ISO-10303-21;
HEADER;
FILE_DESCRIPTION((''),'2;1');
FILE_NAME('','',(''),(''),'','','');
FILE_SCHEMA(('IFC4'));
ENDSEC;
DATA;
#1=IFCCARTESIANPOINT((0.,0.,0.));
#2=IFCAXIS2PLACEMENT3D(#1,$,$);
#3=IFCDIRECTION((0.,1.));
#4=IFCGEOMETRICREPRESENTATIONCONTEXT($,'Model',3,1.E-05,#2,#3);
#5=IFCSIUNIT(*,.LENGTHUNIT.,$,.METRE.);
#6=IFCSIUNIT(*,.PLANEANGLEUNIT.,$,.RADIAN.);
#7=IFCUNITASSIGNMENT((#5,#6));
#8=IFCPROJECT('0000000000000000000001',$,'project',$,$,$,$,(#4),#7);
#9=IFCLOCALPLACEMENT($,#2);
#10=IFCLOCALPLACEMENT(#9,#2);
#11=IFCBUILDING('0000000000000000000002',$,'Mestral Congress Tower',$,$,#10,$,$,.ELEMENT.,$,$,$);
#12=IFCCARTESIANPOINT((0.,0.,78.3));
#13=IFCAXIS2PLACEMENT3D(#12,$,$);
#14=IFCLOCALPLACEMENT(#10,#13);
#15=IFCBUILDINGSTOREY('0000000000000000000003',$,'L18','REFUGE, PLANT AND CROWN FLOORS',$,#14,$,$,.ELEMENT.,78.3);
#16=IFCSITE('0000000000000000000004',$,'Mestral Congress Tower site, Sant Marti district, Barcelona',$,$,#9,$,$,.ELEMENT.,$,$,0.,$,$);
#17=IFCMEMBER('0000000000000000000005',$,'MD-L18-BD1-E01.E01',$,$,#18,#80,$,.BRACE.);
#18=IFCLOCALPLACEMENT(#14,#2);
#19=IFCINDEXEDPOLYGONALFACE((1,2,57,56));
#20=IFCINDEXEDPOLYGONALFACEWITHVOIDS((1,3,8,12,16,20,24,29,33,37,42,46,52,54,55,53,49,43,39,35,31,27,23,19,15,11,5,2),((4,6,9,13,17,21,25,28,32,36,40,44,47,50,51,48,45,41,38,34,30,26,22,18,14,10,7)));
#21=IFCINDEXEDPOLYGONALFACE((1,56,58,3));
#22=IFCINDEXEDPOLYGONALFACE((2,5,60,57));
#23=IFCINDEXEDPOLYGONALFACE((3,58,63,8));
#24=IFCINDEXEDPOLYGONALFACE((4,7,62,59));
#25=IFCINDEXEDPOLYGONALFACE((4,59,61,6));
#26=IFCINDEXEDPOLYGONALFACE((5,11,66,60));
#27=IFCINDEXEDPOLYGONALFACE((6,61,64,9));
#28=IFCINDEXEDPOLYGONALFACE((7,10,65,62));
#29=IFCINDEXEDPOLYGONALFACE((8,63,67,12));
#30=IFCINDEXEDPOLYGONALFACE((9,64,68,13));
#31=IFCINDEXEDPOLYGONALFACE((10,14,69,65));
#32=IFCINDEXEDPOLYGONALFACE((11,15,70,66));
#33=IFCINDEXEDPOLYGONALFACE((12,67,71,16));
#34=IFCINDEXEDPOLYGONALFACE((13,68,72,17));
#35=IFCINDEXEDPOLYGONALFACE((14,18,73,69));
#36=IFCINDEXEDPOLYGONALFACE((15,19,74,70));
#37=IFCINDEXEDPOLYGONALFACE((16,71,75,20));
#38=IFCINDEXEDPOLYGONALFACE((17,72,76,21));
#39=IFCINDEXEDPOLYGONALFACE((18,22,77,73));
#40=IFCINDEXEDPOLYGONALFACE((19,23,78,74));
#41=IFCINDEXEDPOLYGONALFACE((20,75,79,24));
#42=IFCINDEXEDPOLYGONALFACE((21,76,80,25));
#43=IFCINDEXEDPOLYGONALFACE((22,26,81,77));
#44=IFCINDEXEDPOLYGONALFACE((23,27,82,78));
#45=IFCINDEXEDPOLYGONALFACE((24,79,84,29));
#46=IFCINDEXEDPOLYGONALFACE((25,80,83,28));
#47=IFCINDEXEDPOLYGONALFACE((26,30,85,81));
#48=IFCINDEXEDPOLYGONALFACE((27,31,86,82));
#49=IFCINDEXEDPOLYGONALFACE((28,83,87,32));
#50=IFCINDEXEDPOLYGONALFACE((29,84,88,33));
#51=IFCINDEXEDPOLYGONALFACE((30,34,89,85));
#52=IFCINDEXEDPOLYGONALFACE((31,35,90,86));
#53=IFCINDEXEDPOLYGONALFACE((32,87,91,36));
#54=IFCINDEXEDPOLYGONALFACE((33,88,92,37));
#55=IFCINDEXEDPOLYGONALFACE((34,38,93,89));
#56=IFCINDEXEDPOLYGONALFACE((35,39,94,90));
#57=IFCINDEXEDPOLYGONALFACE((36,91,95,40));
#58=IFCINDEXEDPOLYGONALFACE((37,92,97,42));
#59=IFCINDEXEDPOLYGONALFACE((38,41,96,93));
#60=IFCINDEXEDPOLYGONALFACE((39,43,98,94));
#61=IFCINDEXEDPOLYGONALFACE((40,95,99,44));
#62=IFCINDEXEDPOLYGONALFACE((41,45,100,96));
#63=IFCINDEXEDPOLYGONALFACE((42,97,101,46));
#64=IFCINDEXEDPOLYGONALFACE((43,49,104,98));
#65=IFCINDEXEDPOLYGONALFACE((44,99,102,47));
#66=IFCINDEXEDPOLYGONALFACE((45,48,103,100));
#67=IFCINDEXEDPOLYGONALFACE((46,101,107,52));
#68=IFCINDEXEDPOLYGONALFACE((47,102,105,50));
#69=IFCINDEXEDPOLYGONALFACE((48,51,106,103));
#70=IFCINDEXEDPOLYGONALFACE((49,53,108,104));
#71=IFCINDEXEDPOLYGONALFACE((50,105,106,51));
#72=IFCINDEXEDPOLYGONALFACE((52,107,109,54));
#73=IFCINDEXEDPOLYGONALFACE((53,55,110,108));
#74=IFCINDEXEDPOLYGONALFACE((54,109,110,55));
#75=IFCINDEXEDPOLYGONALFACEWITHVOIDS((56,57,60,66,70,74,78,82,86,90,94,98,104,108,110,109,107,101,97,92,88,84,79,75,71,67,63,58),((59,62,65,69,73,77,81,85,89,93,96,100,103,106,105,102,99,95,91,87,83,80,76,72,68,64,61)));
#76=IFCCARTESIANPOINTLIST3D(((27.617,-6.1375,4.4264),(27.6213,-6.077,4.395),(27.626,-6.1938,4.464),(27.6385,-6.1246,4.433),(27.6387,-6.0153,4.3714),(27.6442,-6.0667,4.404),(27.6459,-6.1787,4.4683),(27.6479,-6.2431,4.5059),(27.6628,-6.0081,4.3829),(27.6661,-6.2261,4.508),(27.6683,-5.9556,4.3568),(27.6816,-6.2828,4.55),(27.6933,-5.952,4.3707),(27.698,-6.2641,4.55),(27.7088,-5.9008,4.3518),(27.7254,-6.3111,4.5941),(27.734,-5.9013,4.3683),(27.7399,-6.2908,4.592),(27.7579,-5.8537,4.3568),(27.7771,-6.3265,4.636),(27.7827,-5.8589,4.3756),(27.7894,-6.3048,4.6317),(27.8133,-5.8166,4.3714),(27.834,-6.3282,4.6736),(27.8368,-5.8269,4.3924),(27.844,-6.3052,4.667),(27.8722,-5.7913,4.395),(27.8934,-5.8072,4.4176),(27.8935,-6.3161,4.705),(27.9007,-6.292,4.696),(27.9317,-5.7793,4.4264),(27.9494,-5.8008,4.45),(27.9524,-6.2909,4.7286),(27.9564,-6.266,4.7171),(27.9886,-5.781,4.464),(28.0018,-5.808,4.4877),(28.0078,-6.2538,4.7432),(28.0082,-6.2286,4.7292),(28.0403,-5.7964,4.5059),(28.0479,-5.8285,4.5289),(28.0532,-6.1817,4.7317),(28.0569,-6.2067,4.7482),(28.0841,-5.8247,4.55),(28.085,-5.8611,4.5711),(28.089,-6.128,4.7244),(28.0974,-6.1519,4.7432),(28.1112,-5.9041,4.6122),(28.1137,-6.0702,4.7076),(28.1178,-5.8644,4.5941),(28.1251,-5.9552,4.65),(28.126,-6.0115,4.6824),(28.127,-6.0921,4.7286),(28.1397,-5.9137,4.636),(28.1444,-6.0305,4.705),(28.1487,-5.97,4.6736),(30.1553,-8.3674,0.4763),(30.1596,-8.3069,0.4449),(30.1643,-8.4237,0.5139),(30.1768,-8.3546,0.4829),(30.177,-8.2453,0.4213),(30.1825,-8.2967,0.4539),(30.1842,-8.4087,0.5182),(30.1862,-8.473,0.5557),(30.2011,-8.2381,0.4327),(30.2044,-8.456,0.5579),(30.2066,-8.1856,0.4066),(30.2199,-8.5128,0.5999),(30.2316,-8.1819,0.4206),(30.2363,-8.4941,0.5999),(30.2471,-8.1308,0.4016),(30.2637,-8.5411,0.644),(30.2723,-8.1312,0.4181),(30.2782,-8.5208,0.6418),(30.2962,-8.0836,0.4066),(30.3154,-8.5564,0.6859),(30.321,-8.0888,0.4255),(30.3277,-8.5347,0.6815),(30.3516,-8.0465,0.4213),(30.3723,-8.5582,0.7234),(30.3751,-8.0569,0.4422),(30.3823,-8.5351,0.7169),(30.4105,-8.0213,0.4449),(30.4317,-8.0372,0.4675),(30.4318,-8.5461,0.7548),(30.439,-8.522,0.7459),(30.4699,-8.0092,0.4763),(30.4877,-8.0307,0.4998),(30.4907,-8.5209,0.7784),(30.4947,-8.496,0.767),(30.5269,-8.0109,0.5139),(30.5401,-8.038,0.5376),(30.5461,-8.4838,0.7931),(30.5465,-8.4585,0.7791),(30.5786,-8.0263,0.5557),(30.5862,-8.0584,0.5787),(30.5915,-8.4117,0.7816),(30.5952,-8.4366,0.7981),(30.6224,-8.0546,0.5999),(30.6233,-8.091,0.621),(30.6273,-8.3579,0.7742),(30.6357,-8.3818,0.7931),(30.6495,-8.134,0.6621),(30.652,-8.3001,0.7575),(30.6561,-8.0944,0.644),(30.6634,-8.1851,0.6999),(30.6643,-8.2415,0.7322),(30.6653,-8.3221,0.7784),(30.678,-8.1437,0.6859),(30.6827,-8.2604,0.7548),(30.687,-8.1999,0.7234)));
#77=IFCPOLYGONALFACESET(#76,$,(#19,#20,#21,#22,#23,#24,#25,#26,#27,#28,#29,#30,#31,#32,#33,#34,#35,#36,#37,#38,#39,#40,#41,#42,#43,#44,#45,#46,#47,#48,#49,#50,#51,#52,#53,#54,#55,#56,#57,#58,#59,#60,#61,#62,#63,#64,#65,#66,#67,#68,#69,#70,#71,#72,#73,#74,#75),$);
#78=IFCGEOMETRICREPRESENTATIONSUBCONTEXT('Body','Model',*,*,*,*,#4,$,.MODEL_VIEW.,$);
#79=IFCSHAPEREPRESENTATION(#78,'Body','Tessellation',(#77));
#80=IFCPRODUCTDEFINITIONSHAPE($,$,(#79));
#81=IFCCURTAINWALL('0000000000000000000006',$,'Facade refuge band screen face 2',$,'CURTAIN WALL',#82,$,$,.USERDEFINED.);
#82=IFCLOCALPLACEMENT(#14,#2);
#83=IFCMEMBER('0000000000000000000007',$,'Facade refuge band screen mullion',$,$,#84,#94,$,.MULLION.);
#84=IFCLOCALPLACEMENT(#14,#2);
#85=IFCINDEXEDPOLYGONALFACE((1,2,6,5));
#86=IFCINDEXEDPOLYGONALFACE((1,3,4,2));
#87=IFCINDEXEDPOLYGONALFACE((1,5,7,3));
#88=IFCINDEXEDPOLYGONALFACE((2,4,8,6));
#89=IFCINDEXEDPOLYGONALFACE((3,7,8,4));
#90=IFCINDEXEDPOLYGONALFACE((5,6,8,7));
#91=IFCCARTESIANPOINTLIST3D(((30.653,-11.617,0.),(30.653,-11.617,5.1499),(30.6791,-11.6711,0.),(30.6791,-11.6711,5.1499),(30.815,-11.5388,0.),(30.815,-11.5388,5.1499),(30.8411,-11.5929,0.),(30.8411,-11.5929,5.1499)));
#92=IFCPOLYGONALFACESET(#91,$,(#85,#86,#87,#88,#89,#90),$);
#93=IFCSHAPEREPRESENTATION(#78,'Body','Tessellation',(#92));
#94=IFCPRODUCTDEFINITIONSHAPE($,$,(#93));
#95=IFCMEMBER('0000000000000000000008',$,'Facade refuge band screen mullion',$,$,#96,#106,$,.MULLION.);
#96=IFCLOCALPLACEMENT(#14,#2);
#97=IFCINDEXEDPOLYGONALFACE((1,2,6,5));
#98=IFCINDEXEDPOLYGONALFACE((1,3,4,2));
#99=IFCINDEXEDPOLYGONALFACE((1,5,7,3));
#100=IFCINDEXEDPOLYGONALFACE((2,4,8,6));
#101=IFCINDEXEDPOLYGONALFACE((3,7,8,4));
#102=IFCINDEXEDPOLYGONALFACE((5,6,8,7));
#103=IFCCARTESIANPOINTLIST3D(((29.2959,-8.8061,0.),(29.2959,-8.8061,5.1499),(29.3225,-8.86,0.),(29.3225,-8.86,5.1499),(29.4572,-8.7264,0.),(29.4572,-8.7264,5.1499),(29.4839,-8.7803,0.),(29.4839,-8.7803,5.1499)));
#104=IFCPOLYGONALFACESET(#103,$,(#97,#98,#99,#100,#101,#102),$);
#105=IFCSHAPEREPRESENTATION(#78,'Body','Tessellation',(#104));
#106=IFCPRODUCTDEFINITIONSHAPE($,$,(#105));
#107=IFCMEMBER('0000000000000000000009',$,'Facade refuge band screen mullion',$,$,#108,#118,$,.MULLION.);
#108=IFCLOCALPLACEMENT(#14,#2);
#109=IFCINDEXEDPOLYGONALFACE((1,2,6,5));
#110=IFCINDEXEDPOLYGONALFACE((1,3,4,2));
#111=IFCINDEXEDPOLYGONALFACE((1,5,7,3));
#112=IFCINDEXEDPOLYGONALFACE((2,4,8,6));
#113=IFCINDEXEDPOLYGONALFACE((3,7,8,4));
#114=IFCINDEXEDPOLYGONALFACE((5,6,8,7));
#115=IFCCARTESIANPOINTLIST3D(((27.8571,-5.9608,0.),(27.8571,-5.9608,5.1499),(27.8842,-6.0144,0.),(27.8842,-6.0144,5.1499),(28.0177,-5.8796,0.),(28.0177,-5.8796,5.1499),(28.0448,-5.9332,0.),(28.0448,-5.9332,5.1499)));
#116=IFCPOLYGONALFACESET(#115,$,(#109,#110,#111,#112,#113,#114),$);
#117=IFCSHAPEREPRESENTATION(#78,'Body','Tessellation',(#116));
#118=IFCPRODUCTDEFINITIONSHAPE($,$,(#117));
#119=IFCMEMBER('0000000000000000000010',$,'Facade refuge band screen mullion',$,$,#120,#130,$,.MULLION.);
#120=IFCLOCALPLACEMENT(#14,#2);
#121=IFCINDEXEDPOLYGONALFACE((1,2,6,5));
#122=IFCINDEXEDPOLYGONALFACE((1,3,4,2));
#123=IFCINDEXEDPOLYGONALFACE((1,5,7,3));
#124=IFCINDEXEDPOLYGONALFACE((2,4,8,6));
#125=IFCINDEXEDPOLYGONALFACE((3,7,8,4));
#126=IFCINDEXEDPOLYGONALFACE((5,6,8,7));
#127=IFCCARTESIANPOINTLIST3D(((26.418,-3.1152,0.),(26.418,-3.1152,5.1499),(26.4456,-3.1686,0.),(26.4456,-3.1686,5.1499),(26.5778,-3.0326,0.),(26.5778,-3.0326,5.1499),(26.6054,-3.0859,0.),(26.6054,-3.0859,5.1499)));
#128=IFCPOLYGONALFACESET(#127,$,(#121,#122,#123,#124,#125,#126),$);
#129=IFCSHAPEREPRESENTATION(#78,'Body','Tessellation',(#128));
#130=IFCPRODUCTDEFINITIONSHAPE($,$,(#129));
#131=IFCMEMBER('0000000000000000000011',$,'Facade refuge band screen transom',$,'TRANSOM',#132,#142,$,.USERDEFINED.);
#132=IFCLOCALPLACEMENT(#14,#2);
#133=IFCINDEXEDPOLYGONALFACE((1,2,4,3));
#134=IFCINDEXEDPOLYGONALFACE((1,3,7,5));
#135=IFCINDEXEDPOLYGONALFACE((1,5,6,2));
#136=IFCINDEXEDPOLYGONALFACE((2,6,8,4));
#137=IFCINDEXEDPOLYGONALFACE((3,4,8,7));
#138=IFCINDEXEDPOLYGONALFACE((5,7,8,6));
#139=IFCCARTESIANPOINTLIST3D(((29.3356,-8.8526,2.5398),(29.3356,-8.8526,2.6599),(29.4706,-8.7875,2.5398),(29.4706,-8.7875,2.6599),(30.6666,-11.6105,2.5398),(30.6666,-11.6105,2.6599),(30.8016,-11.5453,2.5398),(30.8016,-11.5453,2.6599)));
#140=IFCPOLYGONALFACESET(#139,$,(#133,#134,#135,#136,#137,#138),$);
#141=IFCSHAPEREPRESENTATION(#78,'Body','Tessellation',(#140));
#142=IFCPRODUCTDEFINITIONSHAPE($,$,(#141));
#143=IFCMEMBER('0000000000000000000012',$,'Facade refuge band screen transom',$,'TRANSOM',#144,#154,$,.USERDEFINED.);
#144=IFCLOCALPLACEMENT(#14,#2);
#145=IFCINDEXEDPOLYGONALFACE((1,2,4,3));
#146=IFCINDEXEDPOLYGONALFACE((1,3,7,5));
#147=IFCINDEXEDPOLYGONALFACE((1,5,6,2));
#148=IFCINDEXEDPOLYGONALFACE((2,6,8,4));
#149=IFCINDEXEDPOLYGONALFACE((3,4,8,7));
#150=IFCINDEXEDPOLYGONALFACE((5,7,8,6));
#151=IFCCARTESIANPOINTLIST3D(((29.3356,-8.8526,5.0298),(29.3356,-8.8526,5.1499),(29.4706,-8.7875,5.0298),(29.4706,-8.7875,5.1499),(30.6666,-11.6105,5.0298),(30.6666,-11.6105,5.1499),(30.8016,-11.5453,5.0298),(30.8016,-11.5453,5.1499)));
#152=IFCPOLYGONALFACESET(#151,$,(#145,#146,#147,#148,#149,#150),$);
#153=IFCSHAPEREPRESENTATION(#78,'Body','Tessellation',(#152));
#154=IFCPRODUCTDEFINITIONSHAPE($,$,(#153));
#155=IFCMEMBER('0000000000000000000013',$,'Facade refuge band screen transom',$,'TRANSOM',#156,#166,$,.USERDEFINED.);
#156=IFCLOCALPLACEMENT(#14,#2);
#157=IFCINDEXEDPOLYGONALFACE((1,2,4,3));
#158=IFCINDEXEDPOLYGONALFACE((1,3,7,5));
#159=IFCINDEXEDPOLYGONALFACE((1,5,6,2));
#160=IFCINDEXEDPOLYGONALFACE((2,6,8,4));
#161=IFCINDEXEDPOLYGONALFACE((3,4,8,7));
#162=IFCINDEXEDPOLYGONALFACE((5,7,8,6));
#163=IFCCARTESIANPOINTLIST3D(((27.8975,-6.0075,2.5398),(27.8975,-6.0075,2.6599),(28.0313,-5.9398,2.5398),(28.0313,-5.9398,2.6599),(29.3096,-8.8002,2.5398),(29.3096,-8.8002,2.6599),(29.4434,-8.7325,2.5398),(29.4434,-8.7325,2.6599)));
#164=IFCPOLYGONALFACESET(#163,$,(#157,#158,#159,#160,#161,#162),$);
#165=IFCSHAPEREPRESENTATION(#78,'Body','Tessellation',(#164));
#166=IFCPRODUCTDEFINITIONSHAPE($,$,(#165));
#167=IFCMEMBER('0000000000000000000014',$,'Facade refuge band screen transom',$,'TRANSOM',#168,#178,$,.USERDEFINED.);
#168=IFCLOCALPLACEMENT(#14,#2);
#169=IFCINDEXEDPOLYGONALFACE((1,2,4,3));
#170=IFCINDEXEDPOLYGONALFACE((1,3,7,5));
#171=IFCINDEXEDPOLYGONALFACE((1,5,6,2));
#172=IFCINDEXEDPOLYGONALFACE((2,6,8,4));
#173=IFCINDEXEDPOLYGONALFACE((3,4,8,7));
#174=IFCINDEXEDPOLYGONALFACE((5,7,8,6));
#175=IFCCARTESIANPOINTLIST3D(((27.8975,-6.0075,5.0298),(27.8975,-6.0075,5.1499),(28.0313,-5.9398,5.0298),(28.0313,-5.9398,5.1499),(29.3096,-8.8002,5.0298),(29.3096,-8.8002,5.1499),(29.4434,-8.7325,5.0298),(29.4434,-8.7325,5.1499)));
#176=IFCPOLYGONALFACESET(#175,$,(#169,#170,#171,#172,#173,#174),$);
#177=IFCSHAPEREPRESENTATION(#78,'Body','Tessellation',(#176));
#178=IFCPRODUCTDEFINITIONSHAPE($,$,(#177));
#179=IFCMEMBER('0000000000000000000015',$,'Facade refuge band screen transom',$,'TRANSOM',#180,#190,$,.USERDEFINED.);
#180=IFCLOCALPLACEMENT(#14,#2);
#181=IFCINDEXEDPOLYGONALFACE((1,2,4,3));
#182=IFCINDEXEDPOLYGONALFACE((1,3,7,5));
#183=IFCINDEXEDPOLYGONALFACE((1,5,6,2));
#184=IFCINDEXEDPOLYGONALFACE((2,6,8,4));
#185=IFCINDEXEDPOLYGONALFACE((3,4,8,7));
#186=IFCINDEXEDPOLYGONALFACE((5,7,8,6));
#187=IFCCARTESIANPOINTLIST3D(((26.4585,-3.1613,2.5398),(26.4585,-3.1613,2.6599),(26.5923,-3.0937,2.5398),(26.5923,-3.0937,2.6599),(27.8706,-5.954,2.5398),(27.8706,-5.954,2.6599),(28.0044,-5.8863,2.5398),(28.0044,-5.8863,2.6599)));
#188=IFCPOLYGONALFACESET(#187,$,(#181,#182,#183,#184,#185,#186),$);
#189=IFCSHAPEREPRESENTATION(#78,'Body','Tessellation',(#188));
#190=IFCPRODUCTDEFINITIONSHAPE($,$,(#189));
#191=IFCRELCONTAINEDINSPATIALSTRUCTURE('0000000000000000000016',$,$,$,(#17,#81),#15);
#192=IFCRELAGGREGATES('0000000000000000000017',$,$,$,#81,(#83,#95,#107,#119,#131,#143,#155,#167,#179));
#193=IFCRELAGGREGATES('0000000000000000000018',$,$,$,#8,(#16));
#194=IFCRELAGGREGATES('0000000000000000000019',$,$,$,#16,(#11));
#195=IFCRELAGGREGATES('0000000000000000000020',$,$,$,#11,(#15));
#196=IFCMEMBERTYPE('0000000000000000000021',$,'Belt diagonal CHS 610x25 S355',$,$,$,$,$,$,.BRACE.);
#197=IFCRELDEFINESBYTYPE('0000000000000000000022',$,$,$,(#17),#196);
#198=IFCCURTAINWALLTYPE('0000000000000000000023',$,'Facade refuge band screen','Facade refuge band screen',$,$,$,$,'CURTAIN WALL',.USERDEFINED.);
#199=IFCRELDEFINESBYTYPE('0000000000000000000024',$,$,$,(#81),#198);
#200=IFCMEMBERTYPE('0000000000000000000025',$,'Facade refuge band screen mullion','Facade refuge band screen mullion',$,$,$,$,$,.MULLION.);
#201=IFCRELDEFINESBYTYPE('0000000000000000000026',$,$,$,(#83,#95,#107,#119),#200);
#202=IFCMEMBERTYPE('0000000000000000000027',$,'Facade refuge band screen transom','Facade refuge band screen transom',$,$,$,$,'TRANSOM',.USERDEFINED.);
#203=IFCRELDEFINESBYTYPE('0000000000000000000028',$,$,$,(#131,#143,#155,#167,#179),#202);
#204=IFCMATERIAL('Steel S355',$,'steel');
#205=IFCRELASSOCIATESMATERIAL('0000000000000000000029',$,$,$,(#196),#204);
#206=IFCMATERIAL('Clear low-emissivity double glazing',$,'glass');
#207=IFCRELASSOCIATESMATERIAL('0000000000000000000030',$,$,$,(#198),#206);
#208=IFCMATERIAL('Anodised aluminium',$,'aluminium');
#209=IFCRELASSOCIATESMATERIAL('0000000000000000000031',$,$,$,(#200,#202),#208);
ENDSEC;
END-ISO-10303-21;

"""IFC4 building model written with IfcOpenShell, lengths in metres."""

from ifc_helpers import new_model, si_unit, direction, frame, origin, origin_2d, place, context, subcontext, project, spatial, rectangle, hollow_circle, extrude, material, material_profile, profile_set, type_object, element, aggregate, save


model = new_model("IFC4")

# Units and contexts
model_context = context("Model", 3, precision=1e-05, world=origin(), true_north=direction((0.0, 1.0)))
body_context = subcontext(model_context, "Body", "Model", "MODEL_VIEW")
ifc_project = project(units=[si_unit("LENGTHUNIT", "METRE"), si_unit("PLANEANGLEUNIT", "RADIAN")], contexts=[model_context])

# Site, building, storey
site_placement = place(None, origin())
site = spatial("IfcSite", under=ifc_project, at=site_placement, Name="Mestral Congress Tower site, Sant Marti district, Barcelona", CompositionType="ELEMENT", RefElevation=0.0)
building_placement = place(site_placement, origin())
building = spatial("IfcBuilding", under=site, at=building_placement, Name="Mestral Congress Tower", CompositionType="ELEMENT")
storey_placement = place(building_placement, frame((0.0, 0.0, 78.3)))
storey = spatial("IfcBuildingStorey", under=building, at=storey_placement, Name="L18", Description="REFUGE, PLANT AND CROWN FLOORS", CompositionType="ELEMENT", Elevation=78.3)

# Member
ifc_material_1 = material(Name="Steel S355", Category="steel")
ifc_material_profile_1 = material_profile(ifc_material_1, hollow_circle(Radius=0.3049, WallThickness=0.0249, at=origin_2d()), Name="CHS 610x25")
ifc_profile_set_1 = profile_set([ifc_material_profile_1], Name="Steel S355")
member_type_1 = type_object("IfcMemberType", Name="Belt diagonal CHS 610x25 S355", PredefinedType="BRACE", material=ifc_profile_set_1)
member_1_placement = place(storey_placement, frame((30.4211, -8.2837, 0.5999), z_axis=(-0.488321, 0.429001, 0.759934), x_axis=(-0.660002, -0.751264, 0.0)))
element("IfcMember", 1, at=member_1_placement, inside=storey, type_object=member_type_1, Name="MD-L18-BD1-E01.E01", PredefinedType="BRACE", context=body_context, shape_type="SweptSolid", body=[
    extrude(hollow_circle(Radius=0.3049, WallThickness=0.0249, at=origin_2d()), origin(), (0.0, 0.0, 1.0), 5.198),
])

# Curtain wall, members
ifc_material_2 = material(Name="Clear low-emissivity double glazing", Category="glass")
curtain_wall_type = type_object("IfcCurtainWallType", Name="Facade refuge band screen", Description="Facade refuge band screen", ElementType="CURTAIN WALL", PredefinedType="USERDEFINED", material=ifc_material_2)
curtain_wall_placement = place(storey_placement, origin())
curtain_wall = element("IfcCurtainWall", 2, at=curtain_wall_placement, inside=storey, type_object=curtain_wall_type, Name="Facade refuge band screen face 2", ObjectType="CURTAIN WALL", PredefinedType="USERDEFINED")
ifc_material_3 = material(Name="Anodised aluminium", Category="aluminium")
ifc_material_profile_2 = material_profile(ifc_material_3, rectangle(XDim=0.1799, YDim=0.0601, at=origin_2d()), Name="CW3 mullion 180 x 60")
ifc_profile_set_2 = profile_set([ifc_material_profile_2], Name="Anodised aluminium")
member_type_2 = type_object("IfcMemberType", Name="Facade refuge band screen mullion", Description="Facade refuge band screen mullion", PredefinedType="MULLION", material=ifc_profile_set_2)
member_2_placement = place(storey_placement, frame((30.7471, -11.605, 0.0), z_axis=(0.0, 0.0, 1.0), x_axis=(0.900598, 0.434653, 0.0)))
member_2 = element("IfcMember", 3, at=member_2_placement, type_object=member_type_2, Name="Facade refuge band screen mullion", PredefinedType="MULLION", context=body_context, shape_type="SweptSolid", body=[
    extrude(rectangle(XDim=0.1799, YDim=0.0601, at=origin_2d()), origin(), (0.0, 0.0, 1.0), 5.1499),
])
member_3_placement = place(storey_placement, frame((29.3899, -8.7932, 0.0), z_axis=(0.0, 0.0, 1.0), x_axis=(0.896542, 0.442959, 0.0)))
member_3 = element("IfcMember", 4, at=member_3_placement, type_object=member_type_2, Name="Facade refuge band screen mullion", PredefinedType="MULLION", context=body_context, shape_type="SweptSolid", body=[
    extrude(rectangle(XDim=0.1799, YDim=0.0601, at=origin_2d()), origin(), (0.0, 0.0, 1.0), 5.1499),
])
member_4_placement = place(storey_placement, frame((27.9509, -5.947, 0.0), z_axis=(0.0, 0.0, 1.0), x_axis=(0.892409, 0.451226, 0.0)))
member_4 = element("IfcMember", 5, at=member_4_placement, type_object=member_type_2, Name="Facade refuge band screen mullion", PredefinedType="MULLION", context=body_context, shape_type="SweptSolid", body=[
    extrude(rectangle(XDim=0.1799, YDim=0.0601, at=origin_2d()), origin(), (0.0, 0.0, 1.0), 5.1499),
])
member_5_placement = place(storey_placement, frame((26.5117, -3.1006, 0.0), z_axis=(0.0, 0.0, 1.0), x_axis=(0.888201, 0.459456, 0.0)))
member_5 = element("IfcMember", 6, at=member_5_placement, type_object=member_type_2, Name="Facade refuge band screen mullion", PredefinedType="MULLION", context=body_context, shape_type="SweptSolid", body=[
    extrude(rectangle(XDim=0.1799, YDim=0.0601, at=origin_2d()), origin(), (0.0, 0.0, 1.0), 5.1499),
])
ifc_material_profile_3 = material_profile(ifc_material_3, rectangle(XDim=0.1499, YDim=0.1201, at=origin_2d()), Name="CW3 transom 150 x 120")
ifc_profile_set_3 = profile_set([ifc_material_profile_3], Name="Anodised aluminium")
member_type_3 = type_object("IfcMemberType", Name="Facade refuge band screen transom", Description="Facade refuge band screen transom", ElementType="TRANSOM", PredefinedType="USERDEFINED", material=ifc_profile_set_3)
member_6_placement = place(storey_placement, frame((30.7341, -11.5779, 2.5999), z_axis=(-0.434669, 0.90059, 0.0), x_axis=(-0.90059, -0.434669, 0.0)))
member_6 = element("IfcMember", 7, at=member_6_placement, type_object=member_type_3, Name="Facade refuge band screen transom", ObjectType="TRANSOM", PredefinedType="USERDEFINED", context=body_context, shape_type="SweptSolid", body=[
    extrude(rectangle(XDim=0.1499, YDim=0.1201, at=origin_2d()), origin(), (0.0, 0.0, 1.0), 3.0623),
])
member_7_placement = place(storey_placement, frame((30.7341, -11.5779, 5.0898), z_axis=(-0.434669, 0.90059, 0.0), x_axis=(-0.90059, -0.434669, 0.0)))
member_7 = element("IfcMember", 8, at=member_7_placement, type_object=member_type_3, Name="Facade refuge band screen transom", ObjectType="TRANSOM", PredefinedType="USERDEFINED", context=body_context, shape_type="SweptSolid", body=[
    extrude(rectangle(XDim=0.1499, YDim=0.1201, at=origin_2d()), origin(), (0.0, 0.0, 1.0), 3.0623),
])
member_8_placement = place(storey_placement, frame((29.3765, -8.7664, 2.5999), z_axis=(-0.451235, 0.892405, 0.0), x_axis=(-0.892405, -0.451235, 0.0)))
member_8 = element("IfcMember", 9, at=member_8_placement, type_object=member_type_3, Name="Facade refuge band screen transom", ObjectType="TRANSOM", PredefinedType="USERDEFINED", context=body_context, shape_type="SweptSolid", body=[
    extrude(rectangle(XDim=0.1499, YDim=0.1201, at=origin_2d()), origin(), (0.0, 0.0, 1.0), 3.1294),
])
member_9_placement = place(storey_placement, frame((29.3765, -8.7664, 5.0898), z_axis=(-0.451235, 0.892405, 0.0), x_axis=(-0.892405, -0.451235, 0.0)))
member_9 = element("IfcMember", 10, at=member_9_placement, type_object=member_type_3, Name="Facade refuge band screen transom", ObjectType="TRANSOM", PredefinedType="USERDEFINED", context=body_context, shape_type="SweptSolid", body=[
    extrude(rectangle(XDim=0.1499, YDim=0.1201, at=origin_2d()), origin(), (0.0, 0.0, 1.0), 3.1294),
])
member_10_placement = place(storey_placement, frame((27.9375, -5.9202, 2.5999), z_axis=(-0.451235, 0.892405, 0.0), x_axis=(-0.892405, -0.451235, 0.0)))
member_10 = element("IfcMember", 11, at=member_10_placement, type_object=member_type_3, Name="Facade refuge band screen transom", ObjectType="TRANSOM", PredefinedType="USERDEFINED", context=body_context, shape_type="SweptSolid", body=[
    extrude(rectangle(XDim=0.1499, YDim=0.1201, at=origin_2d()), origin(), (0.0, 0.0, 1.0), 3.1294),
])

aggregate(curtain_wall, [member_2, member_3, member_4, member_5, member_6, member_7, member_8, member_9, member_10])

save(model, "model.ifc")
